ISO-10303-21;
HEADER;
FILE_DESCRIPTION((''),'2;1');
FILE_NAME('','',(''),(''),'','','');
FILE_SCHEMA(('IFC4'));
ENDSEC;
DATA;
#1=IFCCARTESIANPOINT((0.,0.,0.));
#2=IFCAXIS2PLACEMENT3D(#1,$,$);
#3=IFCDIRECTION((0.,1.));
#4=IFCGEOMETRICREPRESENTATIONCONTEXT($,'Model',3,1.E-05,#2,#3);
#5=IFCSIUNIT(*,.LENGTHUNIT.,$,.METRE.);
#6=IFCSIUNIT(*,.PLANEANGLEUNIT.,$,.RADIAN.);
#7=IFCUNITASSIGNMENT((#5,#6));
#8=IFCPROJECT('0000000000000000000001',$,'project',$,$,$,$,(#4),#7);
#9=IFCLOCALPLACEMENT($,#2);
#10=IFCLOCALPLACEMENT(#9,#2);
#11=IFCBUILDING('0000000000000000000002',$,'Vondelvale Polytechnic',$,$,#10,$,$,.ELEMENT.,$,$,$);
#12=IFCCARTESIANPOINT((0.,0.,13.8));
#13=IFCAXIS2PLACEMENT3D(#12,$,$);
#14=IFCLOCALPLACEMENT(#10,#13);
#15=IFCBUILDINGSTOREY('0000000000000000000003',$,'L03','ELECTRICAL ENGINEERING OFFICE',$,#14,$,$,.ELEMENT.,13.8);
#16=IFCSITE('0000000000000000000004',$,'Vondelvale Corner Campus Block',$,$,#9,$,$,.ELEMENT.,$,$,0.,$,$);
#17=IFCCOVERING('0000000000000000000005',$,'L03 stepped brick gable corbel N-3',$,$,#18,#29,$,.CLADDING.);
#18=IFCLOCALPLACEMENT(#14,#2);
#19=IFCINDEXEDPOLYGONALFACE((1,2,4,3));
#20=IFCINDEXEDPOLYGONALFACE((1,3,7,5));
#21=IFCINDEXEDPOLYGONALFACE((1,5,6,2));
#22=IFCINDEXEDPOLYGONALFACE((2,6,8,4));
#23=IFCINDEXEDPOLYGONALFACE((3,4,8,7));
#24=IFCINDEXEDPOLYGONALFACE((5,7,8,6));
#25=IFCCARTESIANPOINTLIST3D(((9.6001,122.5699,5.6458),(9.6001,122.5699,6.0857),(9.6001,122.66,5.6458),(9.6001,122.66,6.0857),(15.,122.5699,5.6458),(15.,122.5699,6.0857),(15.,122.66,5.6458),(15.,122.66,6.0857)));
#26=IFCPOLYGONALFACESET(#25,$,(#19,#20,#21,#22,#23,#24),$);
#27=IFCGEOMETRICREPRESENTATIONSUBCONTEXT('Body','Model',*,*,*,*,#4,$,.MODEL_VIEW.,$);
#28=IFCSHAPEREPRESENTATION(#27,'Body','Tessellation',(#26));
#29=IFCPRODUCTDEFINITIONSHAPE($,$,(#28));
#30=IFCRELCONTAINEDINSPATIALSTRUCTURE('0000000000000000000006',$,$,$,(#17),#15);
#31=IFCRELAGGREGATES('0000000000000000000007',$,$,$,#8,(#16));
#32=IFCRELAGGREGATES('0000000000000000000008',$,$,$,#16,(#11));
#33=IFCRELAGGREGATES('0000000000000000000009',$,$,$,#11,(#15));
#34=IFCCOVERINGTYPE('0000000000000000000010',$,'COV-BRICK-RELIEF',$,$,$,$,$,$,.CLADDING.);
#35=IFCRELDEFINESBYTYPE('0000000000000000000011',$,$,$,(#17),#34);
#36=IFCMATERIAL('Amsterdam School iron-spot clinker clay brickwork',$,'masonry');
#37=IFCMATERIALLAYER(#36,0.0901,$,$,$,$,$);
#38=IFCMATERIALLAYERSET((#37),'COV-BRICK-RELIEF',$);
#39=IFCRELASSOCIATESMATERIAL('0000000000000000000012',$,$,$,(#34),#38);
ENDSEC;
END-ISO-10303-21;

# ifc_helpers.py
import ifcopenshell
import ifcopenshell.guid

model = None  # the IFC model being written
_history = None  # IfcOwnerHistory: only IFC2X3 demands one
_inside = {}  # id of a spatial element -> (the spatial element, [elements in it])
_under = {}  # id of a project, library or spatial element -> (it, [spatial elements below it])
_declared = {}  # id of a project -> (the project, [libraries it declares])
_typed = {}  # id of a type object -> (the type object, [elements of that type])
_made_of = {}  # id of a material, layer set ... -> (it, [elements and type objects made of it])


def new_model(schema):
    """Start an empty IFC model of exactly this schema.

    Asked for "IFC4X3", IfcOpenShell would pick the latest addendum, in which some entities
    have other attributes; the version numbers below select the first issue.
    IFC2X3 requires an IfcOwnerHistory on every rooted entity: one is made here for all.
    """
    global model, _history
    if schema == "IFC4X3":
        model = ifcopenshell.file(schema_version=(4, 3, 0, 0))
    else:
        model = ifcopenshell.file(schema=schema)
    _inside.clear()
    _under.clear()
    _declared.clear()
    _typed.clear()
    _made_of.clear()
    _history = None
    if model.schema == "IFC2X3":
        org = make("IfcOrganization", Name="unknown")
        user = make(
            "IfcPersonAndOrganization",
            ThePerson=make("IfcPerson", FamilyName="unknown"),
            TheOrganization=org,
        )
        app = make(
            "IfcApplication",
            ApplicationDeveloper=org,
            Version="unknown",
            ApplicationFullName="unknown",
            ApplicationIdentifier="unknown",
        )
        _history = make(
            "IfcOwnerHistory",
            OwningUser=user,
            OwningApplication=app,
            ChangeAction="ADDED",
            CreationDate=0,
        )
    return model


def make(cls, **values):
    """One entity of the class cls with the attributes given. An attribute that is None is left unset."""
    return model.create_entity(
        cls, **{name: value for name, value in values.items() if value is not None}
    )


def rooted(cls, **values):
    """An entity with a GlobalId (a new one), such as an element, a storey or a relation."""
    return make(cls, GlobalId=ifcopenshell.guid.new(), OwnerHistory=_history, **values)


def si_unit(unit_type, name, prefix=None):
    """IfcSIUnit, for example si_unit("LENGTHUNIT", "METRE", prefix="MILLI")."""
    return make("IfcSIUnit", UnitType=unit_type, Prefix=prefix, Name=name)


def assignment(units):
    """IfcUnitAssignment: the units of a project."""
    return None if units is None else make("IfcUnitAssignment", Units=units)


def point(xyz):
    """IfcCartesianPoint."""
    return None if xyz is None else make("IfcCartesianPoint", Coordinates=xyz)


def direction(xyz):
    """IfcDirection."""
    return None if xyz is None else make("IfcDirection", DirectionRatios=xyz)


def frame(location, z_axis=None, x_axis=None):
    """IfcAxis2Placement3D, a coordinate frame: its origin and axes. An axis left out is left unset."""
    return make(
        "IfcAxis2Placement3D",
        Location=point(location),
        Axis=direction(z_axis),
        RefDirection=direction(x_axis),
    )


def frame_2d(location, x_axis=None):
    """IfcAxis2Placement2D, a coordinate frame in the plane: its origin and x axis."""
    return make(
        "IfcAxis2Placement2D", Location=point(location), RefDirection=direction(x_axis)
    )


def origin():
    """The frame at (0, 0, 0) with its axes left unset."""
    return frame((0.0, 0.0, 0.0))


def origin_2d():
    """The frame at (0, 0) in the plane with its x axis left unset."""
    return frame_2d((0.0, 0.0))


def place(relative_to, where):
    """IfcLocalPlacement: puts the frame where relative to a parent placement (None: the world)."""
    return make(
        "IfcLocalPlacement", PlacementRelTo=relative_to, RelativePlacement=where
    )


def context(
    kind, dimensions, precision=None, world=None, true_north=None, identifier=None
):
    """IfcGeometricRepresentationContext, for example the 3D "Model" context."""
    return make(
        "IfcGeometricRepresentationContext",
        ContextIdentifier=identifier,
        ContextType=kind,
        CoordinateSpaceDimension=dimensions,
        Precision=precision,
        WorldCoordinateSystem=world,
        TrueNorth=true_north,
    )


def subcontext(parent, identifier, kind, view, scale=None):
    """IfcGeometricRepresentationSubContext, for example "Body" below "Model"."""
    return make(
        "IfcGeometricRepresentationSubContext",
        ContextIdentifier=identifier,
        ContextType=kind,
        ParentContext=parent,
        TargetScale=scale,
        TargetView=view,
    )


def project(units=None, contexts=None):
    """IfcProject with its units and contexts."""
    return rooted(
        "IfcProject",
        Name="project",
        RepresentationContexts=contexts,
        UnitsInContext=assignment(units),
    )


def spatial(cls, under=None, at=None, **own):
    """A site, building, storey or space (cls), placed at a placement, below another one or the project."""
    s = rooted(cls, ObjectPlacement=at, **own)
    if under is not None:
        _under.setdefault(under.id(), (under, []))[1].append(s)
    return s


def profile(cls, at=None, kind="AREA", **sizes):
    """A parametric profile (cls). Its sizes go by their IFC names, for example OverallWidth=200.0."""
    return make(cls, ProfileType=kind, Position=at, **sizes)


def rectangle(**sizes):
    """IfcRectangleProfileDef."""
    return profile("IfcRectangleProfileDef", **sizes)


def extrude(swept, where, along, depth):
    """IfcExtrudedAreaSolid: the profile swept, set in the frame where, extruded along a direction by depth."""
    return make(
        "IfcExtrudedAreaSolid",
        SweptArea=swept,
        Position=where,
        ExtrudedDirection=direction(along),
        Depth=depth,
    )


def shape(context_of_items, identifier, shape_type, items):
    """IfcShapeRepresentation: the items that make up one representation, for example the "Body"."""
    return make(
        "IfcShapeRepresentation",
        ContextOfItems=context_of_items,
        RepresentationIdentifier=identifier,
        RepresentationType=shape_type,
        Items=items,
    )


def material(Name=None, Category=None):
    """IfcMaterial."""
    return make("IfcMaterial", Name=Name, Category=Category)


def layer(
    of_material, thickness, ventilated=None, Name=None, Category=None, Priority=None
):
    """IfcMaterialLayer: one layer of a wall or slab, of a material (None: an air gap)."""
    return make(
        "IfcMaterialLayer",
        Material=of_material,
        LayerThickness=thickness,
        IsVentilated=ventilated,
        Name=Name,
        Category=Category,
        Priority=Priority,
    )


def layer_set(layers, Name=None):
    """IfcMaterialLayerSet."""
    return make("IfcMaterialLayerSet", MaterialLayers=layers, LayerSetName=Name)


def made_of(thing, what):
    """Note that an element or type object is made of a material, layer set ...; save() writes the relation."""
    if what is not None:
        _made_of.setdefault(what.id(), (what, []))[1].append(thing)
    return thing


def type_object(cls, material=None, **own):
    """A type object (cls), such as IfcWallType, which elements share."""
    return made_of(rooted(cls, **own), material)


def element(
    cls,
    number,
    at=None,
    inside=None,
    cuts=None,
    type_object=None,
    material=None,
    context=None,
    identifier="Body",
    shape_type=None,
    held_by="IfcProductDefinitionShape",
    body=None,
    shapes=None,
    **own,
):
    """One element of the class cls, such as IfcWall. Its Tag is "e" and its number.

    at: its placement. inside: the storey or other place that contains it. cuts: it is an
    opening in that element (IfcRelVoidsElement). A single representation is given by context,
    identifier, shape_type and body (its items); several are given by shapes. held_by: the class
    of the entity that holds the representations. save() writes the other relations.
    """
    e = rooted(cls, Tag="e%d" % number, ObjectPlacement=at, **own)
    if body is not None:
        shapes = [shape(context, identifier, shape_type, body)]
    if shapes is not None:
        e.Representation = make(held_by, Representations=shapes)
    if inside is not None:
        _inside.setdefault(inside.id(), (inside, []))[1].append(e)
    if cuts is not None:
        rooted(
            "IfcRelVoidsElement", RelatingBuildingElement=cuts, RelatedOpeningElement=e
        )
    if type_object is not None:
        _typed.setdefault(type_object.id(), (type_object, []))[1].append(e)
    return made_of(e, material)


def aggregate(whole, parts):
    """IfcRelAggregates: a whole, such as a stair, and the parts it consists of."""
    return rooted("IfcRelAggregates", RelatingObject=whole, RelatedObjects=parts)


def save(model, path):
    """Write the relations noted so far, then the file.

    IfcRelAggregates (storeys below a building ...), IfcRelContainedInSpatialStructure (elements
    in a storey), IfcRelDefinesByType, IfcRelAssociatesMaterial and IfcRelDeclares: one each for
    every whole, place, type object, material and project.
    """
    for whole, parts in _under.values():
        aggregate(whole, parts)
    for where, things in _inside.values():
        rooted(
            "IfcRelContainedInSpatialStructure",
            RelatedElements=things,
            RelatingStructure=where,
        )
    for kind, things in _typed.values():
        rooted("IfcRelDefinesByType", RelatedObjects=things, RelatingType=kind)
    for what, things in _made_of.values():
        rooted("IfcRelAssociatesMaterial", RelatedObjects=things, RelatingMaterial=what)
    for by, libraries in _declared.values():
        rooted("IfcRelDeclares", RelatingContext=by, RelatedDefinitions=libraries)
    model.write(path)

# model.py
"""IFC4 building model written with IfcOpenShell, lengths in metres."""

from ifc_helpers import new_model, si_unit, direction, frame, origin, origin_2d, place, context, subcontext, project, spatial, rectangle, extrude, material, layer, layer_set, type_object, element, save


model = new_model("IFC4")

# Units and contexts
model_context = context("Model", 3, precision=1e-05, world=origin(), true_north=direction((0.0, 1.0)))
body_context = subcontext(model_context, "Body", "Model", "MODEL_VIEW")
ifc_project = project(units=[si_unit("LENGTHUNIT", "METRE"), si_unit("PLANEANGLEUNIT", "RADIAN")], contexts=[model_context])

# Site, building, storey
site_placement = place(None, origin())
site = spatial("IfcSite", under=ifc_project, at=site_placement, Name="Vondelvale Corner Campus Block", CompositionType="ELEMENT", RefElevation=0.0)
building_placement = place(site_placement, origin())
building = spatial("IfcBuilding", under=site, at=building_placement, Name="Vondelvale Polytechnic", CompositionType="ELEMENT")
storey_placement = place(building_placement, frame((0.0, 0.0, 13.8)))
storey = spatial("IfcBuildingStorey", under=building, at=storey_placement, Name="L03", Description="ELECTRICAL ENGINEERING OFFICE", CompositionType="ELEMENT", Elevation=13.8)

# Covering
ifc_material_1 = material(Name="Amsterdam School iron-spot clinker clay brickwork", Category="masonry")
ifc_layer_1 = layer(ifc_material_1, 0.0901)
ifc_layer_set_1 = layer_set([ifc_layer_1], Name="COV-BRICK-RELIEF")
covering_type = type_object("IfcCoveringType", Name="COV-BRICK-RELIEF", PredefinedType="CLADDING", material=ifc_layer_set_1)
covering_1_placement = place(storey_placement, frame((12.3, 122.615, 5.6458), z_axis=(0.0, 0.0, 1.0), x_axis=(1.0, 0.0, 0.0)))
element("IfcCovering", 1, at=covering_1_placement, inside=storey, type_object=covering_type, Name="L03 stepped brick gable corbel N-3", PredefinedType="CLADDING", context=body_context, shape_type="SweptSolid", body=[
    extrude(rectangle(XDim=5.3999, YDim=0.0901, at=origin_2d()), origin(), (0.0, 0.0, 1.0), 0.4399),
])

save(model, "model.ifc")
